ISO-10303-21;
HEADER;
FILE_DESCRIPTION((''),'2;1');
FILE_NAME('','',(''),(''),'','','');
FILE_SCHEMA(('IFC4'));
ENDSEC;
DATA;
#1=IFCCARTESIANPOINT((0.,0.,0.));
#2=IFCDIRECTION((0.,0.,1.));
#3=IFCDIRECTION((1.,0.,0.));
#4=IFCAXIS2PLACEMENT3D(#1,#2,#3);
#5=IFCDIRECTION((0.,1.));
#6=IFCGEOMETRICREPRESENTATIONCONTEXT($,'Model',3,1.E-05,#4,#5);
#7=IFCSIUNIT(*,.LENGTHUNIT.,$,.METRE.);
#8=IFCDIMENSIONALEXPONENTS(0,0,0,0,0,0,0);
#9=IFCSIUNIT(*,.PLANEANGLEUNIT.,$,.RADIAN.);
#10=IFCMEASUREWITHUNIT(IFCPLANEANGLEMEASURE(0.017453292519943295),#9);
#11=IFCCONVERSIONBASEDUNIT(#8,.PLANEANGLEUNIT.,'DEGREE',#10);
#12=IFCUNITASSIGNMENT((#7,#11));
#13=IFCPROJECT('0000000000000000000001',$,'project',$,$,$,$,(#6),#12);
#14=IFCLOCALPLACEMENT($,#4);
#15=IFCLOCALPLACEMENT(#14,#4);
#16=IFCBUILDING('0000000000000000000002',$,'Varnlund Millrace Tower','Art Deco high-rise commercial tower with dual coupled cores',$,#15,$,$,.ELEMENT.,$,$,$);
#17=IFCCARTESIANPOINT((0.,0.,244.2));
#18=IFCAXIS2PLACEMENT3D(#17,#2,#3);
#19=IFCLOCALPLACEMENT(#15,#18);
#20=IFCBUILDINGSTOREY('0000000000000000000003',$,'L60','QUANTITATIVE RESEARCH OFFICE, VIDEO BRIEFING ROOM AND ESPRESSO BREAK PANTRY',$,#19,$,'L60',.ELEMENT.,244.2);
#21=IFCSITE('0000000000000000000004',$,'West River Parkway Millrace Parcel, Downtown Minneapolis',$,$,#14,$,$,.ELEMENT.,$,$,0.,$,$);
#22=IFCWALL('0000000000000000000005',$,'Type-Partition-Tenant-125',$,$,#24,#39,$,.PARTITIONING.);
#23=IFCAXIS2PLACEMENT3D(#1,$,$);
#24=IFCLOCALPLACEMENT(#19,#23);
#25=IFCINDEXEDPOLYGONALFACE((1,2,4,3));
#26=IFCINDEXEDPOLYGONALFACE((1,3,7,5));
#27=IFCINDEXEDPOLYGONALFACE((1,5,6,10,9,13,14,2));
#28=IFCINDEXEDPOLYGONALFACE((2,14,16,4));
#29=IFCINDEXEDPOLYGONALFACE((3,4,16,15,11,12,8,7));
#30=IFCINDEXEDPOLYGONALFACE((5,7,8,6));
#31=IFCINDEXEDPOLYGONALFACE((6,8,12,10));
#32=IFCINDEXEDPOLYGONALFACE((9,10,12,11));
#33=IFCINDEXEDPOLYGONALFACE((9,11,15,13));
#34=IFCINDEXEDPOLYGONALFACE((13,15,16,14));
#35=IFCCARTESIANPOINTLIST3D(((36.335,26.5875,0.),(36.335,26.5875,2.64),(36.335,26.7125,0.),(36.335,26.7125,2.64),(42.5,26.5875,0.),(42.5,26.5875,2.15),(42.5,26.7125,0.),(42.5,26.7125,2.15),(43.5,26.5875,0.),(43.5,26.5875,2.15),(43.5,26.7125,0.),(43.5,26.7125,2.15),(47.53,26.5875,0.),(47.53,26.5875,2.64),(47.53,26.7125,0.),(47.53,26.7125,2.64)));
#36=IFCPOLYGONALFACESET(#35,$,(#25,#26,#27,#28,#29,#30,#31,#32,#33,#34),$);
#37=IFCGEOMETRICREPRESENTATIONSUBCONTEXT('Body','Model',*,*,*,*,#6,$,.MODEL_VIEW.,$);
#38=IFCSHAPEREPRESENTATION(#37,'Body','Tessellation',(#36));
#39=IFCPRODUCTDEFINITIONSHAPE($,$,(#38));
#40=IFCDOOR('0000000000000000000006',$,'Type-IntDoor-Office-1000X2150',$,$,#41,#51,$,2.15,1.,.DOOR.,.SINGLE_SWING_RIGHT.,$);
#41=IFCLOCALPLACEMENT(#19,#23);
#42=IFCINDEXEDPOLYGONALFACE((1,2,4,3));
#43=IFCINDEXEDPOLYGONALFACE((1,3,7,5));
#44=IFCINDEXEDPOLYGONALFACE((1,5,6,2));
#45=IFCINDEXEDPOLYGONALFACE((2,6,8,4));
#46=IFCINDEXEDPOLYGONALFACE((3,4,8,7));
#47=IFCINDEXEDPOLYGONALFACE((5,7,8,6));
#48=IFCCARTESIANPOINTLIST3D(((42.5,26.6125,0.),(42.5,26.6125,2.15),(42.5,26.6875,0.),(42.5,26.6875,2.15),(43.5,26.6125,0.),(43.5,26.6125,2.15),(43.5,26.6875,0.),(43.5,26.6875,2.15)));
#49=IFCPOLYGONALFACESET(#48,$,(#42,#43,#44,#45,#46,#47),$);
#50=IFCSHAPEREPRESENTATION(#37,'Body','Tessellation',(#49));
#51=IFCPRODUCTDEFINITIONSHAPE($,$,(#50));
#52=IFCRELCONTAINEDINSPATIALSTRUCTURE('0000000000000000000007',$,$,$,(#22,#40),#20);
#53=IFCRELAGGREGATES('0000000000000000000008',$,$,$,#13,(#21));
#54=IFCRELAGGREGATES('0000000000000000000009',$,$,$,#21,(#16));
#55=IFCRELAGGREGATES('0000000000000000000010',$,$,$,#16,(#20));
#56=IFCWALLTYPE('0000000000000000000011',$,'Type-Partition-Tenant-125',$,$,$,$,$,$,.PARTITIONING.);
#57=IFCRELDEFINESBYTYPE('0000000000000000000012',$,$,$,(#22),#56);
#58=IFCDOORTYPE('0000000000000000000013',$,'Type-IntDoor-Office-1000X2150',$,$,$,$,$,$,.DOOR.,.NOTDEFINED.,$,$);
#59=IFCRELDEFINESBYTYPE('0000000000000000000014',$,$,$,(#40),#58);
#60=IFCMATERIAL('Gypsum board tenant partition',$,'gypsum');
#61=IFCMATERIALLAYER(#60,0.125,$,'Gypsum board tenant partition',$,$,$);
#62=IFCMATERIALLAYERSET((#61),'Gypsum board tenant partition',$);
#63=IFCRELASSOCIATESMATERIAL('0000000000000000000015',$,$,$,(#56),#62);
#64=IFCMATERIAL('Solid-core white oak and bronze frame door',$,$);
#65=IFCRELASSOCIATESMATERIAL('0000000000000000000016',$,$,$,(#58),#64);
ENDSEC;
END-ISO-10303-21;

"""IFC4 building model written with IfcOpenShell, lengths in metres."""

from ifc_helpers import new_model, entity, si_unit, converted_unit, direction, frame, origin_with_axes, origin_2d_with_axis, place, context, subcontext, project, spatial, polyline, rectangle, outline, extrude, material, layer, layer_set, type_object, element, fill, save


model = new_model("IFC4")

# Units and contexts
model_context = context("Model", 3, precision=1e-05, world=origin_with_axes(), true_north=direction((0.0, 1.0)))
body_context = subcontext(model_context, "Body", "Model", "MODEL_VIEW")
ifc_project = project(units=[si_unit("LENGTHUNIT", "METRE"), converted_unit("PLANEANGLEUNIT", "DEGREE", entity("IfcPlaneAngleMeasure", 0.017453292519943295), si_unit("PLANEANGLEUNIT", "RADIAN"), dimensions=[0, 0, 0, 0, 0, 0, 0])], contexts=[model_context])

# Site, building, storey
site_placement = place(None, origin_with_axes())
site = spatial("IfcSite", under=ifc_project, at=site_placement, Name="West River Parkway Millrace Parcel, Downtown Minneapolis", CompositionType="ELEMENT", RefElevation=0.0)
building_placement = place(site_placement, origin_with_axes())
building = spatial("IfcBuilding", under=site, at=building_placement, Name="Varnlund Millrace Tower", Description="Art Deco high-rise commercial tower with dual coupled cores", CompositionType="ELEMENT")
storey_placement = place(building_placement, frame((0.0, 0.0, 244.2), z_axis=(0.0, 0.0, 1.0), x_axis=(1.0, 0.0, 0.0)))
storey = spatial("IfcBuildingStorey", under=building, at=storey_placement, Name="L60", Description="QUANTITATIVE RESEARCH OFFICE, VIDEO BRIEFING ROOM AND ESPRESSO BREAK PANTRY", LongName="L60", CompositionType="ELEMENT", Elevation=244.2)

# Shared definitions
ifc_material_1 = material(Name="Gypsum board tenant partition", Category="gypsum")
ifc_layer_1 = layer(ifc_material_1, 0.125, Name="Gypsum board tenant partition")
ifc_layer_set_1 = layer_set([ifc_layer_1], Name="Gypsum board tenant partition")
wall_type_1 = type_object("IfcWallType", Name="Type-Partition-Tenant-125", PredefinedType="PARTITIONING", material=ifc_layer_set_1)

# Wall, opening, door
wall_1_placement = place(storey_placement, frame((36.335, 26.65, 0.0), z_axis=(0.0, 0.0, 1.0), x_axis=(1.0, 0.0, 0.0)))
wall_1 = element("IfcWall", 1, at=wall_1_placement, inside=storey, type_object=wall_type_1, Name="Type-Partition-Tenant-125", PredefinedType="PARTITIONING", context=body_context, shape_type="SweptSolid", body=[
    extrude(outline(polyline([(0.0, -0.0625), (11.195, -0.0625), (11.195, 0.0625), (0.0, 0.0625), (0.0, -0.0625)])), origin_with_axes(), (0.0, 0.0, 1.0), 2.64),
])
opening_1_placement = place(wall_1_placement, frame((6.665, 0.0, 0.0), z_axis=(0.0, 0.0, 1.0), x_axis=(1.0, 0.0, 0.0)))
opening_1 = element("IfcOpeningElement", 2, at=opening_1_placement, cuts=wall_1, PredefinedType="OPENING", context=body_context, shape_type="SweptSolid", body=[
    extrude(rectangle(XDim=1.0, YDim=0.145, at=origin_2d_with_axis()), origin_with_axes(), (0.0, 0.0, 1.0), 2.15),
])
ifc_material_2 = material(Name="Solid-core white oak and bronze frame door")
door_type_1 = type_object("IfcDoorType", Name="Type-IntDoor-Office-1000X2150", OperationType="NOTDEFINED", PredefinedType="DOOR", material=ifc_material_2)
door_1_placement = place(wall_1_placement, frame((6.665, 0.0, 0.0), z_axis=(0.0, 0.0, 1.0), x_axis=(1.0, 0.0, 0.0)))
door_1 = element("IfcDoor", 3, at=door_1_placement, inside=storey, type_object=door_type_1, Name="Type-IntDoor-Office-1000X2150", OperationType="SINGLE_SWING_RIGHT", OverallHeight=2.15, OverallWidth=1.0, PredefinedType="DOOR", context=body_context, shape_type="SweptSolid", body=[
    extrude(rectangle(XDim=1.0, YDim=0.075, at=origin_2d_with_axis()), origin_with_axes(), (0.0, 0.0, 1.0), 2.15),
])
fill(opening_1, door_1)

save(model, "model.ifc")
